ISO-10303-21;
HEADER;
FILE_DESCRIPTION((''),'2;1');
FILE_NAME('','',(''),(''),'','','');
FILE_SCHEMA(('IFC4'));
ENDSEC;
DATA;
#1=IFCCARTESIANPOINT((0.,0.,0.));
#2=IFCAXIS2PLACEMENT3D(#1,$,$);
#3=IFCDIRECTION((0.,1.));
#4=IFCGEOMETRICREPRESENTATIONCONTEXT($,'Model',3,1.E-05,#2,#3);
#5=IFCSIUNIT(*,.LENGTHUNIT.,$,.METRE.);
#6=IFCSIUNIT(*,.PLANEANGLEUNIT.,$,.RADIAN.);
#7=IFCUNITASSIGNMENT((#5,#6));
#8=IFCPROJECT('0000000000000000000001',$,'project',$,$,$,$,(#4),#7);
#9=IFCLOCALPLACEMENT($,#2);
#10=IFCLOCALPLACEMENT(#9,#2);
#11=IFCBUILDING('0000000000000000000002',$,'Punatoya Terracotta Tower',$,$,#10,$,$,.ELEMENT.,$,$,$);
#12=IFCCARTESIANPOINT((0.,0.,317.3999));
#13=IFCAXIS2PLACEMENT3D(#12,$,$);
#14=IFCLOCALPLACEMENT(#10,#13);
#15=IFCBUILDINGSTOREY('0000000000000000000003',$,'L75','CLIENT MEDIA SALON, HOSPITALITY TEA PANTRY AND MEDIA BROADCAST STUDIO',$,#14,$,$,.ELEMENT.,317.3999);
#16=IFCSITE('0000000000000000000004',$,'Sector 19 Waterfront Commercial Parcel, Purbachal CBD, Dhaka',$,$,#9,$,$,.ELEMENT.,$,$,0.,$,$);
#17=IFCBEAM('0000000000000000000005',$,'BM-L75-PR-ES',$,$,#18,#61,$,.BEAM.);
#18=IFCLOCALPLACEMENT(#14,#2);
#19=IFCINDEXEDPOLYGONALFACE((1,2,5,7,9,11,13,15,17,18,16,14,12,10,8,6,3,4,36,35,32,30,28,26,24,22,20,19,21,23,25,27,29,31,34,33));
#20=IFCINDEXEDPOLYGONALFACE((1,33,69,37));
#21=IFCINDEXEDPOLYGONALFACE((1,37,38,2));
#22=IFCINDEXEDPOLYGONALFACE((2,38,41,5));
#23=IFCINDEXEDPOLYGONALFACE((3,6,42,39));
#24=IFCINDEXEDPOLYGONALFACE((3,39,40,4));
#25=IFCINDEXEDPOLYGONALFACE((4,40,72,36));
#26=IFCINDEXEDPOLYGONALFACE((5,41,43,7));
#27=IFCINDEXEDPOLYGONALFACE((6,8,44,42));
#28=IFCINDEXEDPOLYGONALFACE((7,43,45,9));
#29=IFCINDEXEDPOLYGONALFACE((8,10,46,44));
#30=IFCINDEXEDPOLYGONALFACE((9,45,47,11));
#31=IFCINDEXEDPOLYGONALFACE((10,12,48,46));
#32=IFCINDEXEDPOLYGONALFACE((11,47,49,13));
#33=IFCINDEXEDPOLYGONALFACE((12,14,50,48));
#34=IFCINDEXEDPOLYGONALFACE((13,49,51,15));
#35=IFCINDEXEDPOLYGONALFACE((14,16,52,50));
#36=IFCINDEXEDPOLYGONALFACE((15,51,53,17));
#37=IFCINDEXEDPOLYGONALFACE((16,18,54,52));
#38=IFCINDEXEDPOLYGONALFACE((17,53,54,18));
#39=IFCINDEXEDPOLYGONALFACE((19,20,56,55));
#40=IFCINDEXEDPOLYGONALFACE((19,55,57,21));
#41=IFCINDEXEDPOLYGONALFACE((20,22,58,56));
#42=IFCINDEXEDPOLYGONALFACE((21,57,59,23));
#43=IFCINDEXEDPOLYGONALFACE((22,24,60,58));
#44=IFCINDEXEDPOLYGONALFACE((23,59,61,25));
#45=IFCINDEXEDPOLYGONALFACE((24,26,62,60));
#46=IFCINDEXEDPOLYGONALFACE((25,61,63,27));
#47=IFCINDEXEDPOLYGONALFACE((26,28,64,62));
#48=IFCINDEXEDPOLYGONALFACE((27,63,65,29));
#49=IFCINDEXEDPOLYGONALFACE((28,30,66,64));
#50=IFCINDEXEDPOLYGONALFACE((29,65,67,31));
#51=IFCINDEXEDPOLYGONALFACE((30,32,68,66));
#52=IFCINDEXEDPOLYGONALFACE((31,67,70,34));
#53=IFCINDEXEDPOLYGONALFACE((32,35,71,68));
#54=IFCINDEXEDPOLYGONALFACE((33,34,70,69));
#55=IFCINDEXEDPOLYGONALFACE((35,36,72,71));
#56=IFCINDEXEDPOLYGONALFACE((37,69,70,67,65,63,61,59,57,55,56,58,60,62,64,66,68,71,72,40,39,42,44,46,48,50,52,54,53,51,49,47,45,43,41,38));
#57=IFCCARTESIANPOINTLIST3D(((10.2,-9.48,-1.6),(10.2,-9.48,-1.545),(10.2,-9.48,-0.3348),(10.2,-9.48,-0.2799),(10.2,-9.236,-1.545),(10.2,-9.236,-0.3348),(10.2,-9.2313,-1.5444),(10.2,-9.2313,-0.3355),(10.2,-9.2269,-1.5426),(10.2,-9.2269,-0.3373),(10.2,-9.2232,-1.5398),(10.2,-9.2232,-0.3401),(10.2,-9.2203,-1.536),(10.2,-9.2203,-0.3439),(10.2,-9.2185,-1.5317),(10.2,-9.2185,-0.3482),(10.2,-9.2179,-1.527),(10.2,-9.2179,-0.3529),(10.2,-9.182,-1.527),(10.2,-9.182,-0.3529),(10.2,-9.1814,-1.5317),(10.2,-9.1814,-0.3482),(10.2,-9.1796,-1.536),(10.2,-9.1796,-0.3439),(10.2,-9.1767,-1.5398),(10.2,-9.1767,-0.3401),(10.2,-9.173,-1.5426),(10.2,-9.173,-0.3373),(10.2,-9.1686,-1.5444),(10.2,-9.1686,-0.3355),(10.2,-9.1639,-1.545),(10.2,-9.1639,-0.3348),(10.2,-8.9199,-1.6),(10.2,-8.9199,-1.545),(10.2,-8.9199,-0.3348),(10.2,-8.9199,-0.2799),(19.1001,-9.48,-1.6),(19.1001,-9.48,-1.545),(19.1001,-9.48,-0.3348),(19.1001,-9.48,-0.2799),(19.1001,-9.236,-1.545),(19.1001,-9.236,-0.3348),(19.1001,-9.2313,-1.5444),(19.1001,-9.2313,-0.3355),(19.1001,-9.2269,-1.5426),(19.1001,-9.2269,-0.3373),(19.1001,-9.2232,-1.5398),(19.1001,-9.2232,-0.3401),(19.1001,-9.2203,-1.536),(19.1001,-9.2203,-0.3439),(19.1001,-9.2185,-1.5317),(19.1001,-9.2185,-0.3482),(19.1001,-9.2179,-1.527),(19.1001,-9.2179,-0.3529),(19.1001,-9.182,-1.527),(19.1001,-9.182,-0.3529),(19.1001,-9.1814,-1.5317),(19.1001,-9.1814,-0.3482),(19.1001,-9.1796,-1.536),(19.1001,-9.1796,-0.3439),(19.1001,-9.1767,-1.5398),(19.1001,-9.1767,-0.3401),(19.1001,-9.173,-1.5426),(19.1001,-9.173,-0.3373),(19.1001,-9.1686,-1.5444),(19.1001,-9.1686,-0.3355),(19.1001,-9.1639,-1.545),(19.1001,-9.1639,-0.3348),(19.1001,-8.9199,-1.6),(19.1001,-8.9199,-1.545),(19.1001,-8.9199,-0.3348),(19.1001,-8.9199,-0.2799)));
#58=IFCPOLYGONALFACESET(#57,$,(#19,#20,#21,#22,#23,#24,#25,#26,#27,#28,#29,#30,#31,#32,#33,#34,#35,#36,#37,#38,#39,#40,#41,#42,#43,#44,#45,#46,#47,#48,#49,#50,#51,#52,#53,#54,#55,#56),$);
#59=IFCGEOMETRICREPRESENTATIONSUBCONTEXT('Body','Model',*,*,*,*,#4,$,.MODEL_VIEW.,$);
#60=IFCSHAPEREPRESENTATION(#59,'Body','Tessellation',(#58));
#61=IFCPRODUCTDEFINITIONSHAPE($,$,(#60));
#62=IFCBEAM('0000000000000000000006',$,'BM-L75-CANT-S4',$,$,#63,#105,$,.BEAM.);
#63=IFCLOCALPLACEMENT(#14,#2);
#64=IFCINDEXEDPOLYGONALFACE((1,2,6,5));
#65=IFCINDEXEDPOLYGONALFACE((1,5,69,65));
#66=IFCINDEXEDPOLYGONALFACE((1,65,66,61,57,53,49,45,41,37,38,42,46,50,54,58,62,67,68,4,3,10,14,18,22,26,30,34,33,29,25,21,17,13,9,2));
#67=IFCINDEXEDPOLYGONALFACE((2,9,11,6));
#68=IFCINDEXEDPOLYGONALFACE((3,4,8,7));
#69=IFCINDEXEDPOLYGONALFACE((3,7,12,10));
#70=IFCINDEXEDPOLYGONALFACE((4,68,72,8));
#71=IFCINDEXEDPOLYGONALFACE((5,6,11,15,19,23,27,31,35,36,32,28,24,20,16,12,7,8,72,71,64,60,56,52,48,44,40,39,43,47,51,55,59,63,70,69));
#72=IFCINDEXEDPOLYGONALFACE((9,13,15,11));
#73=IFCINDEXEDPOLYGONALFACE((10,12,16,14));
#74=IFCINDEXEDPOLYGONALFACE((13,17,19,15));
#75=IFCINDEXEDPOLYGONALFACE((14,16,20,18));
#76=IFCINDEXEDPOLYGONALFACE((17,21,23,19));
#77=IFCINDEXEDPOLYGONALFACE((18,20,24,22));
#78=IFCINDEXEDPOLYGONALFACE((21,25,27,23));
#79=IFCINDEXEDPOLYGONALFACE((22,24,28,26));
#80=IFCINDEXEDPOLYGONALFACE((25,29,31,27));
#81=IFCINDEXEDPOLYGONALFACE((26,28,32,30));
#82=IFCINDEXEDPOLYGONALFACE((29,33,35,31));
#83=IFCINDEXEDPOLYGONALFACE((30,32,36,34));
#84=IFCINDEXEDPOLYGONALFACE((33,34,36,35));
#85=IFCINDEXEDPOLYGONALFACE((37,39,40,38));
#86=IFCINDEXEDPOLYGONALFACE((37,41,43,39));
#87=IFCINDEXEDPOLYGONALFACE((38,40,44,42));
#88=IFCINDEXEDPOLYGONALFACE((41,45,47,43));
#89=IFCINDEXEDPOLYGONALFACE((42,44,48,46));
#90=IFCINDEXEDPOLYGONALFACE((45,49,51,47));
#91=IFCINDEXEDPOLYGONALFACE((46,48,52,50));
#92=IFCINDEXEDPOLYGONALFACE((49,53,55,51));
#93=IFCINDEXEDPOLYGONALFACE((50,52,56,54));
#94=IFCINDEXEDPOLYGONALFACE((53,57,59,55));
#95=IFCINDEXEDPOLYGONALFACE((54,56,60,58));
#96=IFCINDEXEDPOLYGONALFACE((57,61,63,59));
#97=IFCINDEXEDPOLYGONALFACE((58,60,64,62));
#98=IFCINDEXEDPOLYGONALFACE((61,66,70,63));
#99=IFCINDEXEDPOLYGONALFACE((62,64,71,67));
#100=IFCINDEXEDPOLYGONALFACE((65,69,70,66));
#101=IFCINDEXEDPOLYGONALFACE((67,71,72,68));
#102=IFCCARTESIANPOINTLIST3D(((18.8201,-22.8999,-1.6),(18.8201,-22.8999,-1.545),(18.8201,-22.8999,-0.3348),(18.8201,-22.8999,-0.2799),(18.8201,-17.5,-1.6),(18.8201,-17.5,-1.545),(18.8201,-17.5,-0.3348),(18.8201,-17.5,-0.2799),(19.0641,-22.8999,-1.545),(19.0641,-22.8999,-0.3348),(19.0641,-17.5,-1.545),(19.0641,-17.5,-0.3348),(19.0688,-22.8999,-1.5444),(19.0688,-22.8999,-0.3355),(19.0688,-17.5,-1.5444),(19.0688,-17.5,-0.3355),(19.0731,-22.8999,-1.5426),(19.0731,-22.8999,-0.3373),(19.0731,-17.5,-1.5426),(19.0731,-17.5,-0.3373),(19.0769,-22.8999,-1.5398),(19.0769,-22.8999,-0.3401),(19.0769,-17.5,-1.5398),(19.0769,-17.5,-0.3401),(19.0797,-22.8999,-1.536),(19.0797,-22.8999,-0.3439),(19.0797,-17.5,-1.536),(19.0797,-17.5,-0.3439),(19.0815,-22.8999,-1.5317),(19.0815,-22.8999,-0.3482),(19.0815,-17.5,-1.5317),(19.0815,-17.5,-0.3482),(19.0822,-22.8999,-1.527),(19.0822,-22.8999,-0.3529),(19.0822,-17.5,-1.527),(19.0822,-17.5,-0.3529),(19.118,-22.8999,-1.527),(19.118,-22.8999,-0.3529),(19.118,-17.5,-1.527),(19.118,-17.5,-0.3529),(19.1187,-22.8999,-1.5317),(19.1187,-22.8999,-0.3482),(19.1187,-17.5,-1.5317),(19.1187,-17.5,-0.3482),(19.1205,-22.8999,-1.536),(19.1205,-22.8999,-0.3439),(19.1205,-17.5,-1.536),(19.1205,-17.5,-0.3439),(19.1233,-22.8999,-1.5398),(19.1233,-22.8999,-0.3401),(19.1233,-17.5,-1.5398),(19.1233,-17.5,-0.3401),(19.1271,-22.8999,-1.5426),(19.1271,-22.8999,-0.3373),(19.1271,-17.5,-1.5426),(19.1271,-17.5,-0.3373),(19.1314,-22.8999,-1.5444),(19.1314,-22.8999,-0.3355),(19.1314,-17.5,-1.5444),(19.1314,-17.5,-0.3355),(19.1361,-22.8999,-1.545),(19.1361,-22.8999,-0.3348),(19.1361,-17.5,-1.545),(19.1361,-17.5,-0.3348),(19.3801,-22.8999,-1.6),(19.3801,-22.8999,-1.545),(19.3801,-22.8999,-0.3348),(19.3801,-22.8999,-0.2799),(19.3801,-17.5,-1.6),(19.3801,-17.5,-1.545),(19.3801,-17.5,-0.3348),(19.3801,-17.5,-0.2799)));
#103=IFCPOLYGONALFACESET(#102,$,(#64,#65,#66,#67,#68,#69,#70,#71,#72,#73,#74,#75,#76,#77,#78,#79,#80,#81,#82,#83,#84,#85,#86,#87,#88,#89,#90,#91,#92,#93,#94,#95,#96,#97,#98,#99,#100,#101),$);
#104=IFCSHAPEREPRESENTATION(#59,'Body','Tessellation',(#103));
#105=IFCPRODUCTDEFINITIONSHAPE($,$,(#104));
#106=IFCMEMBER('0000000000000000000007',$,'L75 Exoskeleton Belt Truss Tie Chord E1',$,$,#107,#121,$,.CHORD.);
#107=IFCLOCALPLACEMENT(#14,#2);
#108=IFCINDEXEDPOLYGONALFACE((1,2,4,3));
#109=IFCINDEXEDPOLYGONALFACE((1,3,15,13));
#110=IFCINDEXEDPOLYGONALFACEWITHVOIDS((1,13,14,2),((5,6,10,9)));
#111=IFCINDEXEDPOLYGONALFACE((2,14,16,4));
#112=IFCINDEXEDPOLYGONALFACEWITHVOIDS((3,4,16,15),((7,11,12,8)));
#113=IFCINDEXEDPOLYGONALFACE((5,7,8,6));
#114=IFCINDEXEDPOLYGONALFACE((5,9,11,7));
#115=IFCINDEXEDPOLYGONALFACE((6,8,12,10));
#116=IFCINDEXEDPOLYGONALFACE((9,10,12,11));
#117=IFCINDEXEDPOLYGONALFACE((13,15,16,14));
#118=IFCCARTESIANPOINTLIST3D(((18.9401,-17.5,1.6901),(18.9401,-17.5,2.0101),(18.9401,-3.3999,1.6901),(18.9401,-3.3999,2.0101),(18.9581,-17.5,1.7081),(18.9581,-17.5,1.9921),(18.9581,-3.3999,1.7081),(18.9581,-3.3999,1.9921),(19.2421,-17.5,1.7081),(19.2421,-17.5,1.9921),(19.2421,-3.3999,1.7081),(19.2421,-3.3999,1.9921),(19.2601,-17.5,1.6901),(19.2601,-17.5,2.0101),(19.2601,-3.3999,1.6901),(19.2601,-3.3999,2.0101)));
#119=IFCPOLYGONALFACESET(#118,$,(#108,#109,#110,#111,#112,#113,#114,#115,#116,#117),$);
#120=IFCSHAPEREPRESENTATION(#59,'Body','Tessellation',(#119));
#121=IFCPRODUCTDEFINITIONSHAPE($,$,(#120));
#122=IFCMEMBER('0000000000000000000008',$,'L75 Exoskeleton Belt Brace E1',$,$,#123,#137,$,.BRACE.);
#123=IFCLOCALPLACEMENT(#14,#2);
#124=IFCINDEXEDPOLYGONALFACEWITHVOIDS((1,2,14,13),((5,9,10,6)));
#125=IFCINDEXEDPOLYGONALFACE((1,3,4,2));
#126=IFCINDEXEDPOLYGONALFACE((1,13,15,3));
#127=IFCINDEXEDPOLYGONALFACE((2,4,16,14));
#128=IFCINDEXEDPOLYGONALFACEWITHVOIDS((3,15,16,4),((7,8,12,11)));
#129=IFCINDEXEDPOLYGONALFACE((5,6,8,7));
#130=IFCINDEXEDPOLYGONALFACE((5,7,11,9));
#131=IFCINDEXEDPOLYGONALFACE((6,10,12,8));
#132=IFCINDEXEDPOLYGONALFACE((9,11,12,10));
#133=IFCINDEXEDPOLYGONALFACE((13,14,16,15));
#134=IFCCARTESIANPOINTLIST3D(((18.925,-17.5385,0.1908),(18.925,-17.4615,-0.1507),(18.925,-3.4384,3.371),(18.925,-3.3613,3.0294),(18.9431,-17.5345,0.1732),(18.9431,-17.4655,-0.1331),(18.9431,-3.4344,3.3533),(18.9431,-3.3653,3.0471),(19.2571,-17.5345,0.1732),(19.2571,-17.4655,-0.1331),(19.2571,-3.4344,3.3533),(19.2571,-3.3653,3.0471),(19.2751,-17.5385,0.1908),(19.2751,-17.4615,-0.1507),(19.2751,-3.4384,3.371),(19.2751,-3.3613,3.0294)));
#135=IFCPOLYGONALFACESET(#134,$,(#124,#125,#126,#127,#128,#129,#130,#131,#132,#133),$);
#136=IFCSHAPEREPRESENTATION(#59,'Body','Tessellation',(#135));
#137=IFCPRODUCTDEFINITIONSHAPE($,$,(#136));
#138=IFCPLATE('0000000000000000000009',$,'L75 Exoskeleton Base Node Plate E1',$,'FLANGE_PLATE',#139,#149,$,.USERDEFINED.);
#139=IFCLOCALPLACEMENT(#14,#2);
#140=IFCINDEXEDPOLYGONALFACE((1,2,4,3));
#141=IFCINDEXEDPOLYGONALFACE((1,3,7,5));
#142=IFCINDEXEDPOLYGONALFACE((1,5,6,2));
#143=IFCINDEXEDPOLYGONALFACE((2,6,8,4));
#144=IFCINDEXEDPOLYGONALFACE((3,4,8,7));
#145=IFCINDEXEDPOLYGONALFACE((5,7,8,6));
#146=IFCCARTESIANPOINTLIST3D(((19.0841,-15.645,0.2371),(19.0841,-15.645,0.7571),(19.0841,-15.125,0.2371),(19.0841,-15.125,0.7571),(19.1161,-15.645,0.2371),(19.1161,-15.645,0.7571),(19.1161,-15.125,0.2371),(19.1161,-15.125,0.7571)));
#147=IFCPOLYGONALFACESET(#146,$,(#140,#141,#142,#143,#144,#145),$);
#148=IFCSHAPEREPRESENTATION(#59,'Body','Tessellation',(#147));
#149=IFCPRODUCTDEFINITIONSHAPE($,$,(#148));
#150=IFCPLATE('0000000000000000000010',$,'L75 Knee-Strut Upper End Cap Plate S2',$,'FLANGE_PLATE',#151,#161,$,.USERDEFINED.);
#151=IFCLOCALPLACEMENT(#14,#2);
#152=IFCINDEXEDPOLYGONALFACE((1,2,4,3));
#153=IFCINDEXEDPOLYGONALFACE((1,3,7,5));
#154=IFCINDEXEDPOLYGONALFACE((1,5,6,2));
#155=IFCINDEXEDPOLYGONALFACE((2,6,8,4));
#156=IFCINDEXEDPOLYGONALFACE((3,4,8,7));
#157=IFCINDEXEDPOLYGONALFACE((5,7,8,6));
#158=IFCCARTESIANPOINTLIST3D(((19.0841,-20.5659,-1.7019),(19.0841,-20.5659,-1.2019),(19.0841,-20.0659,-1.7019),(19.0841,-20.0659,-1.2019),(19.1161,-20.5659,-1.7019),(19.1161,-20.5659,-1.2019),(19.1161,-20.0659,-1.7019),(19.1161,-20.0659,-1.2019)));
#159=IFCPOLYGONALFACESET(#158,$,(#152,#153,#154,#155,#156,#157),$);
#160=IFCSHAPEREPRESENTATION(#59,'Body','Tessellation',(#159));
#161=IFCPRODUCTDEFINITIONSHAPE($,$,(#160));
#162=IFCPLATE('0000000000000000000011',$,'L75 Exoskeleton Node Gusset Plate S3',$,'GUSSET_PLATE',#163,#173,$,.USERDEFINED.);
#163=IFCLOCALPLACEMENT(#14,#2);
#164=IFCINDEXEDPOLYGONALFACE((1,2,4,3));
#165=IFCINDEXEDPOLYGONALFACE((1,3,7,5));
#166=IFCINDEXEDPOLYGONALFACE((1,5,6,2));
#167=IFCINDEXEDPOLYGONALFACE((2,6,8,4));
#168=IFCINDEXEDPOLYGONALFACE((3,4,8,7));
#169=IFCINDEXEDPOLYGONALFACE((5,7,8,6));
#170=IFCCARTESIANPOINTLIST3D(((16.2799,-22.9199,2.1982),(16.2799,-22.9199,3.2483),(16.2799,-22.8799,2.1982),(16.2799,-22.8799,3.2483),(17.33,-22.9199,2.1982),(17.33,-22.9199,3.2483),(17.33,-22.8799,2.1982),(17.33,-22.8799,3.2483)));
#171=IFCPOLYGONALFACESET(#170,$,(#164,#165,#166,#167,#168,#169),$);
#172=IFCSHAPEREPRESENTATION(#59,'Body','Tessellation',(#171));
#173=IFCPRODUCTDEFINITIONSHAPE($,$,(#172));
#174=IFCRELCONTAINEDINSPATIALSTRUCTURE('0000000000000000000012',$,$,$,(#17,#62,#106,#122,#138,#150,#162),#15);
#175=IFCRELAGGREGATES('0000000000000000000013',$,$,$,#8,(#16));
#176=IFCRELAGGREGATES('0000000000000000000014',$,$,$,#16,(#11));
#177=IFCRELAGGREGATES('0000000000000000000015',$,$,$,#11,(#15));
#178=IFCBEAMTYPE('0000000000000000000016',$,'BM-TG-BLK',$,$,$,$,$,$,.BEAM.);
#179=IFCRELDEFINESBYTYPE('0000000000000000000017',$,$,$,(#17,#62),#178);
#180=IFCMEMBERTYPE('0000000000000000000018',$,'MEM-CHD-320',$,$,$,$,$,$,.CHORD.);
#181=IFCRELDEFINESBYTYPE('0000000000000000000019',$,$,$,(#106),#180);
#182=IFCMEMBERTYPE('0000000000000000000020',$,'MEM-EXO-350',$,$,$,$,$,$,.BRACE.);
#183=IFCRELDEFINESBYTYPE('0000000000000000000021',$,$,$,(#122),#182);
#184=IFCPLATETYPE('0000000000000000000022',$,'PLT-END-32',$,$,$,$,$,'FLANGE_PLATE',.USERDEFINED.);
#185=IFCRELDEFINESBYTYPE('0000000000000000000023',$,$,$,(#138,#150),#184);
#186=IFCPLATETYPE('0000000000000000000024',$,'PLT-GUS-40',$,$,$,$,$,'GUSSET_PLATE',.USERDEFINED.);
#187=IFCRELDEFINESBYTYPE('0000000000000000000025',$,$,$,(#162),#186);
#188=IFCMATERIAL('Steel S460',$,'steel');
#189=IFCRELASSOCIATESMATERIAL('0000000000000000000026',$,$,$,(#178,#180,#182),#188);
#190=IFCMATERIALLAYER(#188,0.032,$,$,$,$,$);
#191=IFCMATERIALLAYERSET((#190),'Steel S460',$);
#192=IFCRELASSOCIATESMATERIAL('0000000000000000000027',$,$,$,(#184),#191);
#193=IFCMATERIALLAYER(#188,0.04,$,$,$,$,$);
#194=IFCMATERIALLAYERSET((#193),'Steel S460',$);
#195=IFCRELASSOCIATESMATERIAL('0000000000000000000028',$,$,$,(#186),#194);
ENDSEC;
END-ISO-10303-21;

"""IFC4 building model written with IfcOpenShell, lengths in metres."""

from ifc_helpers import new_model, si_unit, direction, frame, origin, origin_2d, place, context, subcontext, project, spatial, rectangle, hollow_rectangle, i_section, extrude, material, layer, layer_set, material_profile, profile_set, type_object, element, save


model = new_model("IFC4")

# Units and contexts
model_context = context("Model", 3, precision=1e-05, world=origin(), true_north=direction((0.0, 1.0)))
body_context = subcontext(model_context, "Body", "Model", "MODEL_VIEW")
ifc_project = project(units=[si_unit("LENGTHUNIT", "METRE"), si_unit("PLANEANGLEUNIT", "RADIAN")], contexts=[model_context])

# Site, building, storey
site_placement = place(None, origin())
site = spatial("IfcSite", under=ifc_project, at=site_placement, Name="Sector 19 Waterfront Commercial Parcel, Purbachal CBD, Dhaka", CompositionType="ELEMENT", RefElevation=0.0)
building_placement = place(site_placement, origin())
building = spatial("IfcBuilding", under=site, at=building_placement, Name="Punatoya Terracotta Tower", CompositionType="ELEMENT")
storey_placement = place(building_placement, frame((0.0, 0.0, 317.3999)))
storey = spatial("IfcBuildingStorey", under=building, at=storey_placement, Name="L75", Description="CLIENT MEDIA SALON, HOSPITALITY TEA PANTRY AND MEDIA BROADCAST STUDIO", CompositionType="ELEMENT", Elevation=317.3999)

# Shared definitions
ifc_material_1 = material(Name="Steel S460", Category="steel")

# Beams
ifc_material_profile_1 = material_profile(ifc_material_1, i_section(OverallWidth=0.5601, OverallDepth=1.3201, WebThickness=0.0359, FlangeThickness=0.0549, FilletRadius=0.0181, at=origin_2d()))
ifc_profile_set_1 = profile_set([ifc_material_profile_1], Name="Steel S460")
beam_type_1 = type_object("IfcBeamType", Name="BM-TG-BLK", PredefinedType="BEAM", material=ifc_profile_set_1)
beam_1_placement = place(storey_placement, frame((10.2, -9.2, -0.9399), z_axis=(1.0, 0.0, 0.0), x_axis=(0.0, 1.0, 0.0)))
element("IfcBeam", 1, at=beam_1_placement, inside=storey, type_object=beam_type_1, Name="BM-L75-PR-ES", PredefinedType="BEAM", context=body_context, shape_type="SweptSolid", body=[
    extrude(i_section(OverallWidth=0.5601, OverallDepth=1.3201, WebThickness=0.0359, FlangeThickness=0.0549, FilletRadius=0.0181, at=origin_2d()), origin(), (0.0, 0.0, 1.0), 8.9001),
])
beam_2_placement = place(storey_placement, frame((19.1001, -22.8999, -0.9399), z_axis=(0.0, 1.0, 0.0), x_axis=(-1.0, 0.0, 0.0)))
element("IfcBeam", 2, at=beam_2_placement, inside=storey, type_object=beam_type_1, Name="BM-L75-CANT-S4", PredefinedType="BEAM", context=body_context, shape_type="SweptSolid", body=[
    extrude(i_section(OverallWidth=0.5601, OverallDepth=1.3201, WebThickness=0.0359, FlangeThickness=0.0549, FilletRadius=0.0181, at=origin_2d()), origin(), (0.0, 0.0, 1.0), 5.3999),
])

# Members
ifc_material_profile_2 = material_profile(ifc_material_1, hollow_rectangle(XDim=0.3201, YDim=0.3201, WallThickness=0.0181, at=origin_2d()))
ifc_profile_set_2 = profile_set([ifc_material_profile_2], Name="Steel S460")
member_type_1 = type_object("IfcMemberType", Name="MEM-CHD-320", PredefinedType="CHORD", material=ifc_profile_set_2)
member_1_placement = place(storey_placement, frame((19.1001, -17.5, 1.8501), z_axis=(0.0, 1.0, 0.0), x_axis=(-1.0, 0.0, 0.0)))
element("IfcMember", 3, at=member_1_placement, inside=storey, type_object=member_type_1, Name="L75 Exoskeleton Belt Truss Tie Chord E1", PredefinedType="CHORD", context=body_context, shape_type="SweptSolid", body=[
    extrude(hollow_rectangle(XDim=0.3201, YDim=0.3201, WallThickness=0.0181, at=origin_2d()), origin(), (0.0, 0.0, 1.0), 14.1001),
])
ifc_material_profile_3 = material_profile(ifc_material_1, hollow_rectangle(XDim=0.3501, YDim=0.3501, WallThickness=0.0181, at=origin_2d()))
ifc_profile_set_3 = profile_set([ifc_material_profile_3], Name="Steel S460")
member_type_2 = type_object("IfcMemberType", Name="MEM-EXO-350", PredefinedType="BRACE", material=ifc_profile_set_3)
member_2_placement = place(storey_placement, frame((19.1001, -17.5, 0.02), z_axis=(0.0, 0.975496, 0.220016), x_axis=(-1.0, 0.0, 0.0)))
element("IfcMember", 4, at=member_2_placement, inside=storey, type_object=member_type_2, Name="L75 Exoskeleton Belt Brace E1", PredefinedType="BRACE", context=body_context, shape_type="SweptSolid", body=[
    extrude(hollow_rectangle(XDim=0.3501, YDim=0.3501, WallThickness=0.0181, at=origin_2d()), origin(), (0.0, 0.0, 1.0), 14.4543),
])

# Plates
ifc_layer_1 = layer(ifc_material_1, 0.032)
ifc_layer_set_1 = layer_set([ifc_layer_1], Name="Steel S460")
plate_type_1 = type_object("IfcPlateType", Name="PLT-END-32", ElementType="FLANGE_PLATE", PredefinedType="USERDEFINED", material=ifc_layer_set_1)
plate_1_placement = place(storey_placement, frame((19.1001, -15.385, 0.2371), z_axis=(0.0, 0.0, 1.0), x_axis=(0.0, 1.0, 0.0)))
element("IfcPlate", 5, at=plate_1_placement, inside=storey, type_object=plate_type_1, Name="L75 Exoskeleton Base Node Plate E1", ObjectType="FLANGE_PLATE", PredefinedType="USERDEFINED", context=body_context, shape_type="SweptSolid", body=[
    extrude(rectangle(XDim=0.52, YDim=0.032, at=origin_2d()), origin(), (0.0, 0.0, 1.0), 0.52),
])
plate_2_placement = place(storey_placement, frame((19.1001, -20.3159, -1.7019), z_axis=(0.0, 0.0, 1.0), x_axis=(0.0, 1.0, 0.0)))
element("IfcPlate", 6, at=plate_2_placement, inside=storey, type_object=plate_type_1, Name="L75 Knee-Strut Upper End Cap Plate S2", ObjectType="FLANGE_PLATE", PredefinedType="USERDEFINED", context=body_context, shape_type="SweptSolid", body=[
    extrude(rectangle(XDim=0.5, YDim=0.032, at=origin_2d()), origin(), (0.0, 0.0, 1.0), 0.5),
])
ifc_layer_2 = layer(ifc_material_1, 0.04)
ifc_layer_set_2 = layer_set([ifc_layer_2], Name="Steel S460")
plate_type_2 = type_object("IfcPlateType", Name="PLT-GUS-40", ElementType="GUSSET_PLATE", PredefinedType="USERDEFINED", material=ifc_layer_set_2)
plate_3_placement = place(storey_placement, frame((16.8049, -22.8999, 2.1982), z_axis=(0.0, 0.0, 1.0), x_axis=(1.0, 0.0, 0.0)))
element("IfcPlate", 7, at=plate_3_placement, inside=storey, type_object=plate_type_2, Name="L75 Exoskeleton Node Gusset Plate S3", ObjectType="GUSSET_PLATE", PredefinedType="USERDEFINED", context=body_context, shape_type="SweptSolid", body=[
    extrude(rectangle(XDim=1.05, YDim=0.04, at=origin_2d()), origin(), (0.0, 0.0, 1.0), 1.05),
])

save(model, "model.ifc")
